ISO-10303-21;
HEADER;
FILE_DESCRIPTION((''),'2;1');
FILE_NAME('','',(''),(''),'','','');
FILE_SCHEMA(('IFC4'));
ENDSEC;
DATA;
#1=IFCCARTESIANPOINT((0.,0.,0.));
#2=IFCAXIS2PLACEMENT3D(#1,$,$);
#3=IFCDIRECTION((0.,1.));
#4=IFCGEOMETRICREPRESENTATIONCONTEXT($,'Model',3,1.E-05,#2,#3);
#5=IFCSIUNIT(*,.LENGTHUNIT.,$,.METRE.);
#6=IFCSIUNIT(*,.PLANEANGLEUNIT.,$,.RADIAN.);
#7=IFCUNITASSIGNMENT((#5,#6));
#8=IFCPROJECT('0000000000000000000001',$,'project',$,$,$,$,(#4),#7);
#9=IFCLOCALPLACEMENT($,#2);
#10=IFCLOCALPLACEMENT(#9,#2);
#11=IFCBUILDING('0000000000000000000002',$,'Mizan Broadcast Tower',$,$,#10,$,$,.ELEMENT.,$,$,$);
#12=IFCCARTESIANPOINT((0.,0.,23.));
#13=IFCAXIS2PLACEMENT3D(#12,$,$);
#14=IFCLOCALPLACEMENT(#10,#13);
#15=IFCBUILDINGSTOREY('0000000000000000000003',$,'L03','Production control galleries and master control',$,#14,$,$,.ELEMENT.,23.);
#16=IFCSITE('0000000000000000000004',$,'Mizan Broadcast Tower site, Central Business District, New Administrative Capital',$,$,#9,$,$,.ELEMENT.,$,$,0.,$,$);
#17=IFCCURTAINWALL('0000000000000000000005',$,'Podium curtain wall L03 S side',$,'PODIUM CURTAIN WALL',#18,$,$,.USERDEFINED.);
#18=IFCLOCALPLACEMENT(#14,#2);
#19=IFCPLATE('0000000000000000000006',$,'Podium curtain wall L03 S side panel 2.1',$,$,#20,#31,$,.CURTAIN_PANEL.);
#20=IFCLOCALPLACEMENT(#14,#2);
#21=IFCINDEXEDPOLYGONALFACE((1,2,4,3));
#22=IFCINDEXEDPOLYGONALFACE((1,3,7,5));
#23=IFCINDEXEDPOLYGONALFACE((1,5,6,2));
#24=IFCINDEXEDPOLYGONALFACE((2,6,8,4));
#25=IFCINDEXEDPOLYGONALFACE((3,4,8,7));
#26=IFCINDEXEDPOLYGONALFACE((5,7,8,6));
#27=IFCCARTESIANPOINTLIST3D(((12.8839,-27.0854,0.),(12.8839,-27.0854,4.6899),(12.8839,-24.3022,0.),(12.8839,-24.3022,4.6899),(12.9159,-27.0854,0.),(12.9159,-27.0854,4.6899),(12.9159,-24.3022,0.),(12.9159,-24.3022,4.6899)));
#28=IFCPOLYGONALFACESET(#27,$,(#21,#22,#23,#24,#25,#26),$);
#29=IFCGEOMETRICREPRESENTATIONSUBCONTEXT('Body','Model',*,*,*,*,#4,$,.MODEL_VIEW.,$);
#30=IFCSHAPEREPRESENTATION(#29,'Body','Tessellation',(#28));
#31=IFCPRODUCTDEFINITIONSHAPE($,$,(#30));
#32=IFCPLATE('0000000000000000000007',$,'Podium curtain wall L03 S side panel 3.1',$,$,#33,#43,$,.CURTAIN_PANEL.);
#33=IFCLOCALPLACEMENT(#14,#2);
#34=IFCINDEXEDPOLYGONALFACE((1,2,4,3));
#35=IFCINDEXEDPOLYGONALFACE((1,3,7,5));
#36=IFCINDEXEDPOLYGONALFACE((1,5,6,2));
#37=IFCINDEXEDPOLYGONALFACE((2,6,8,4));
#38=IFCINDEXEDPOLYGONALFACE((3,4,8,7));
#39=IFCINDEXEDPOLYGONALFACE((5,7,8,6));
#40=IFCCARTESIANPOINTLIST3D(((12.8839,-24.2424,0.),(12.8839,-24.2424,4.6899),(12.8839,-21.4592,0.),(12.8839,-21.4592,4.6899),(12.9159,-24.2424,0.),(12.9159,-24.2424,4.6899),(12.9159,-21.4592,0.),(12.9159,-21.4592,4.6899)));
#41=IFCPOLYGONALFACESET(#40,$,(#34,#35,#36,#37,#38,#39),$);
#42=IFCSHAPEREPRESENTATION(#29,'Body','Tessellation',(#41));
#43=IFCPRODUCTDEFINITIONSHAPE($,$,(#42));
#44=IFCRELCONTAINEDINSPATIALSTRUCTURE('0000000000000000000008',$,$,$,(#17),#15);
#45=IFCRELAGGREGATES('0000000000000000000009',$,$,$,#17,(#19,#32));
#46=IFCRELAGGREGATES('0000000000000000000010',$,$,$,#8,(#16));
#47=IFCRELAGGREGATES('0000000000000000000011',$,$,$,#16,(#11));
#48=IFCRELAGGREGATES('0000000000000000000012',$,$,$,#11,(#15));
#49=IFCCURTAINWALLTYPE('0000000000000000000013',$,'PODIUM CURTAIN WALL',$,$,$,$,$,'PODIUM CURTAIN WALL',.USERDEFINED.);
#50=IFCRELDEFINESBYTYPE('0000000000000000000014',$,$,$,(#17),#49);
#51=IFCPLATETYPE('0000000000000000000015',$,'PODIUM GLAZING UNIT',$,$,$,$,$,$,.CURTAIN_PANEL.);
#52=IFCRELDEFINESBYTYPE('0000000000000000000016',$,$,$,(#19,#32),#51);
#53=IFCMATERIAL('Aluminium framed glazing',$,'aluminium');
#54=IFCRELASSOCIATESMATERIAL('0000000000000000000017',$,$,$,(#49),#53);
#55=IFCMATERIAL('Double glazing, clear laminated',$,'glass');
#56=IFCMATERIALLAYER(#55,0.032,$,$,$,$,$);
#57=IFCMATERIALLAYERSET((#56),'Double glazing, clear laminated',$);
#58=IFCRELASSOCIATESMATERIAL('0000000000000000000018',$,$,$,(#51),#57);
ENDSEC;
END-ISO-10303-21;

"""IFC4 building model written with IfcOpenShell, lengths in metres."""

from ifc_helpers import new_model, si_unit, direction, frame, origin, origin_2d, place, context, subcontext, project, spatial, rectangle, extrude, material, layer, layer_set, type_object, element, aggregate, save


model = new_model("IFC4")

# Units and contexts
model_context = context("Model", 3, precision=1e-05, world=origin(), true_north=direction((0.0, 1.0)))
body_context = subcontext(model_context, "Body", "Model", "MODEL_VIEW")
ifc_project = project(units=[si_unit("LENGTHUNIT", "METRE"), si_unit("PLANEANGLEUNIT", "RADIAN")], contexts=[model_context])

# Site, building, storey
site_placement = place(None, origin())
site = spatial("IfcSite", under=ifc_project, at=site_placement, Name="Mizan Broadcast Tower site, Central Business District, New Administrative Capital", CompositionType="ELEMENT", RefElevation=0.0)
building_placement = place(site_placement, origin())
building = spatial("IfcBuilding", under=site, at=building_placement, Name="Mizan Broadcast Tower", CompositionType="ELEMENT")
storey_placement = place(building_placement, frame((0.0, 0.0, 23.0)))
storey = spatial("IfcBuildingStorey", under=building, at=storey_placement, Name="L03", Description="Production control galleries and master control", CompositionType="ELEMENT", Elevation=23.0)

# Curtain wall
ifc_material_1 = material(Name="Aluminium framed glazing", Category="aluminium")
curtain_wall_type_1 = type_object("IfcCurtainWallType", Name="PODIUM CURTAIN WALL", ElementType="PODIUM CURTAIN WALL", PredefinedType="USERDEFINED", material=ifc_material_1)
curtain_wall_1_placement = place(storey_placement, origin())
curtain_wall_1 = element("IfcCurtainWall", 1, at=curtain_wall_1_placement, inside=storey, type_object=curtain_wall_type_1, Name="Podium curtain wall L03 S side", ObjectType="PODIUM CURTAIN WALL", PredefinedType="USERDEFINED")

# Plates
ifc_material_2 = material(Name="Double glazing, clear laminated", Category="glass")
ifc_layer_1 = layer(ifc_material_2, 0.032)
ifc_layer_set_1 = layer_set([ifc_layer_1], Name="Double glazing, clear laminated")
plate_type_1 = type_object("IfcPlateType", Name="PODIUM GLAZING UNIT", PredefinedType="CURTAIN_PANEL", material=ifc_layer_set_1)
plate_1_placement = place(storey_placement, frame((12.8999, -25.6938, 0.0), z_axis=(0.0, 0.0, 1.0), x_axis=(0.0, 1.0, 0.0)))
plate_1 = element("IfcPlate", 2, at=plate_1_placement, type_object=plate_type_1, Name="Podium curtain wall L03 S side panel 2.1", PredefinedType="CURTAIN_PANEL", context=body_context, shape_type="SweptSolid", body=[
    extrude(rectangle(XDim=2.7832, YDim=0.032, at=origin_2d()), origin(), (0.0, 0.0, 1.0), 4.6899),
])
plate_2_placement = place(storey_placement, frame((12.8999, -22.8508, 0.0), z_axis=(0.0, 0.0, 1.0), x_axis=(0.0, 1.0, 0.0)))
plate_2 = element("IfcPlate", 3, at=plate_2_placement, type_object=plate_type_1, Name="Podium curtain wall L03 S side panel 3.1", PredefinedType="CURTAIN_PANEL", context=body_context, shape_type="SweptSolid", body=[
    extrude(rectangle(XDim=2.7832, YDim=0.032, at=origin_2d()), origin(), (0.0, 0.0, 1.0), 4.6899),
])
aggregate(curtain_wall_1, [plate_1, plate_2])

save(model, "model.ifc")
